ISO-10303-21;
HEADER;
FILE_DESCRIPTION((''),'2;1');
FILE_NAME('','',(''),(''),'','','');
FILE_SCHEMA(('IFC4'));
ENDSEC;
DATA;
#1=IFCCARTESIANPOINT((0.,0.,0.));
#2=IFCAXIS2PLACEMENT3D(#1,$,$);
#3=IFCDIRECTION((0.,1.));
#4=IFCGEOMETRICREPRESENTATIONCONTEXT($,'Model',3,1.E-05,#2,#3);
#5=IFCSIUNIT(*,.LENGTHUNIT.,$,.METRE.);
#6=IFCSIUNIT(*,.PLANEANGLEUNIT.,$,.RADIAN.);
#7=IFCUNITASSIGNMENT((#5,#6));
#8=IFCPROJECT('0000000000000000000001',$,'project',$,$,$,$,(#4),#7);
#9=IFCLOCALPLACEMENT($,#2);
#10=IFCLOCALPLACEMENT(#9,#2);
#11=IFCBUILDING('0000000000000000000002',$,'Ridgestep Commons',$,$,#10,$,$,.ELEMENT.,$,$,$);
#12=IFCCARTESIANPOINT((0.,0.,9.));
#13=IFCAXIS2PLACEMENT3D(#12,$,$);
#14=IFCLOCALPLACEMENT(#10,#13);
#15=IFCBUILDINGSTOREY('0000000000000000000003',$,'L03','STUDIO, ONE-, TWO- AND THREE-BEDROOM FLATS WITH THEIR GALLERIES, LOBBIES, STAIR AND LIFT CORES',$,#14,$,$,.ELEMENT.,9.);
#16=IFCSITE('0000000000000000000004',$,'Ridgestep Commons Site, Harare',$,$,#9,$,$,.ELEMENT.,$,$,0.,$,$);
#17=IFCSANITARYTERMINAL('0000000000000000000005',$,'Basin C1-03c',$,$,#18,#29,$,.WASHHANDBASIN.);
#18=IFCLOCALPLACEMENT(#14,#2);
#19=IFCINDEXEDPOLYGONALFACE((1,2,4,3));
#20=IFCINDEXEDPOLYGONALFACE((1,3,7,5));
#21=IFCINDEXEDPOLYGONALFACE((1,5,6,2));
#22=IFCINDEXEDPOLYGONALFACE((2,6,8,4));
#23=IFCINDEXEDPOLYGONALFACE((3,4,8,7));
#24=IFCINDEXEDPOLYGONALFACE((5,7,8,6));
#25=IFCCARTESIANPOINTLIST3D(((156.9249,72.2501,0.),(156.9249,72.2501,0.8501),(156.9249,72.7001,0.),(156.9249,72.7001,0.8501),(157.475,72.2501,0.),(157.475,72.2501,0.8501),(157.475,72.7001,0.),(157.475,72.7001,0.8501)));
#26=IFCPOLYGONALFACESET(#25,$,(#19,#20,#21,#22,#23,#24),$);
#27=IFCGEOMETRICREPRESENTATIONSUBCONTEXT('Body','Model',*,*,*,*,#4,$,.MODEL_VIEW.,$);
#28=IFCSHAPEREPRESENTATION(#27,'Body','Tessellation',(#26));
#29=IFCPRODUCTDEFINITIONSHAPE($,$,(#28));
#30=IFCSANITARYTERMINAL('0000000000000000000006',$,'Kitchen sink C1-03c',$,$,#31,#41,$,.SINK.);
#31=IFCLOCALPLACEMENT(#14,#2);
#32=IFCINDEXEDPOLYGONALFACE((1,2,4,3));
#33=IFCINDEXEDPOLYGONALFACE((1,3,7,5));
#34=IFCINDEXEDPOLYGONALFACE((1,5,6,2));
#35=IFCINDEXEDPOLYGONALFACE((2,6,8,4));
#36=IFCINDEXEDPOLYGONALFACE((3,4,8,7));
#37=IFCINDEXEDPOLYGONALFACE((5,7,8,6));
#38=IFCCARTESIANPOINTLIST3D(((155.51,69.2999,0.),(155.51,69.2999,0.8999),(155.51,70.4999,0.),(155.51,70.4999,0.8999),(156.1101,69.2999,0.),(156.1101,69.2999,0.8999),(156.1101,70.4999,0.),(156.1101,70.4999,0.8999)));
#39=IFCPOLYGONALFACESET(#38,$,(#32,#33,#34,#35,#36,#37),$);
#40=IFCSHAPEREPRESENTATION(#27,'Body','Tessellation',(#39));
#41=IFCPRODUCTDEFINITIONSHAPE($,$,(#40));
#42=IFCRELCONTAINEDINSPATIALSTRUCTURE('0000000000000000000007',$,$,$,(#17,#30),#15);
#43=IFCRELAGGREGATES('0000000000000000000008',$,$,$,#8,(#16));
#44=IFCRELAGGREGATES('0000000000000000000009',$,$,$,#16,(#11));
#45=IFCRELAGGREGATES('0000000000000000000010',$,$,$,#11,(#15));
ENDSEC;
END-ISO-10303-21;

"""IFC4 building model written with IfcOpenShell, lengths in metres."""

from ifc_helpers import new_model, si_unit, direction, frame, origin, origin_2d, place, context, subcontext, project, spatial, rectangle, extrude, element, save


model = new_model("IFC4")

# Units and contexts
model_context = context("Model", 3, precision=1e-05, world=origin(), true_north=direction((0.0, 1.0)))
body_context = subcontext(model_context, "Body", "Model", "MODEL_VIEW")
ifc_project = project(units=[si_unit("LENGTHUNIT", "METRE"), si_unit("PLANEANGLEUNIT", "RADIAN")], contexts=[model_context])

# Site, building, storey
site_placement = place(None, origin())
site = spatial("IfcSite", under=ifc_project, at=site_placement, Name="Ridgestep Commons Site, Harare", CompositionType="ELEMENT", RefElevation=0.0)
building_placement = place(site_placement, origin())
building = spatial("IfcBuilding", under=site, at=building_placement, Name="Ridgestep Commons", CompositionType="ELEMENT")
storey_placement = place(building_placement, frame((0.0, 0.0, 9.0)))
storey = spatial("IfcBuildingStorey", under=building, at=storey_placement, Name="L03", Description="STUDIO, ONE-, TWO- AND THREE-BEDROOM FLATS WITH THEIR GALLERIES, LOBBIES, STAIR AND LIFT CORES", CompositionType="ELEMENT", Elevation=9.0)

# Sanitary terminals
sanitary_terminal_1_placement = place(storey_placement, frame((157.2, 72.4751, 0.0), z_axis=(0.0, 0.0, 1.0), x_axis=(1.0, 0.0, 0.0)))
element("IfcSanitaryTerminal", 1, at=sanitary_terminal_1_placement, inside=storey, Name="Basin C1-03c", PredefinedType="WASHHANDBASIN", context=body_context, shape_type="SweptSolid", body=[
    extrude(rectangle(XDim=0.55, YDim=0.45, at=origin_2d()), origin(), (0.0, 0.0, 1.0), 0.8501),
])
sanitary_terminal_2_placement = place(storey_placement, frame((155.8101, 69.8999, 0.0), z_axis=(0.0, 0.0, 1.0), x_axis=(1.0, 0.0, 0.0)))
element("IfcSanitaryTerminal", 2, at=sanitary_terminal_2_placement, inside=storey, Name="Kitchen sink C1-03c", PredefinedType="SINK", context=body_context, shape_type="SweptSolid", body=[
    extrude(rectangle(XDim=0.6001, YDim=1.2, at=origin_2d()), origin(), (0.0, 0.0, 1.0), 0.8999),
])

save(model, "model.ifc")
